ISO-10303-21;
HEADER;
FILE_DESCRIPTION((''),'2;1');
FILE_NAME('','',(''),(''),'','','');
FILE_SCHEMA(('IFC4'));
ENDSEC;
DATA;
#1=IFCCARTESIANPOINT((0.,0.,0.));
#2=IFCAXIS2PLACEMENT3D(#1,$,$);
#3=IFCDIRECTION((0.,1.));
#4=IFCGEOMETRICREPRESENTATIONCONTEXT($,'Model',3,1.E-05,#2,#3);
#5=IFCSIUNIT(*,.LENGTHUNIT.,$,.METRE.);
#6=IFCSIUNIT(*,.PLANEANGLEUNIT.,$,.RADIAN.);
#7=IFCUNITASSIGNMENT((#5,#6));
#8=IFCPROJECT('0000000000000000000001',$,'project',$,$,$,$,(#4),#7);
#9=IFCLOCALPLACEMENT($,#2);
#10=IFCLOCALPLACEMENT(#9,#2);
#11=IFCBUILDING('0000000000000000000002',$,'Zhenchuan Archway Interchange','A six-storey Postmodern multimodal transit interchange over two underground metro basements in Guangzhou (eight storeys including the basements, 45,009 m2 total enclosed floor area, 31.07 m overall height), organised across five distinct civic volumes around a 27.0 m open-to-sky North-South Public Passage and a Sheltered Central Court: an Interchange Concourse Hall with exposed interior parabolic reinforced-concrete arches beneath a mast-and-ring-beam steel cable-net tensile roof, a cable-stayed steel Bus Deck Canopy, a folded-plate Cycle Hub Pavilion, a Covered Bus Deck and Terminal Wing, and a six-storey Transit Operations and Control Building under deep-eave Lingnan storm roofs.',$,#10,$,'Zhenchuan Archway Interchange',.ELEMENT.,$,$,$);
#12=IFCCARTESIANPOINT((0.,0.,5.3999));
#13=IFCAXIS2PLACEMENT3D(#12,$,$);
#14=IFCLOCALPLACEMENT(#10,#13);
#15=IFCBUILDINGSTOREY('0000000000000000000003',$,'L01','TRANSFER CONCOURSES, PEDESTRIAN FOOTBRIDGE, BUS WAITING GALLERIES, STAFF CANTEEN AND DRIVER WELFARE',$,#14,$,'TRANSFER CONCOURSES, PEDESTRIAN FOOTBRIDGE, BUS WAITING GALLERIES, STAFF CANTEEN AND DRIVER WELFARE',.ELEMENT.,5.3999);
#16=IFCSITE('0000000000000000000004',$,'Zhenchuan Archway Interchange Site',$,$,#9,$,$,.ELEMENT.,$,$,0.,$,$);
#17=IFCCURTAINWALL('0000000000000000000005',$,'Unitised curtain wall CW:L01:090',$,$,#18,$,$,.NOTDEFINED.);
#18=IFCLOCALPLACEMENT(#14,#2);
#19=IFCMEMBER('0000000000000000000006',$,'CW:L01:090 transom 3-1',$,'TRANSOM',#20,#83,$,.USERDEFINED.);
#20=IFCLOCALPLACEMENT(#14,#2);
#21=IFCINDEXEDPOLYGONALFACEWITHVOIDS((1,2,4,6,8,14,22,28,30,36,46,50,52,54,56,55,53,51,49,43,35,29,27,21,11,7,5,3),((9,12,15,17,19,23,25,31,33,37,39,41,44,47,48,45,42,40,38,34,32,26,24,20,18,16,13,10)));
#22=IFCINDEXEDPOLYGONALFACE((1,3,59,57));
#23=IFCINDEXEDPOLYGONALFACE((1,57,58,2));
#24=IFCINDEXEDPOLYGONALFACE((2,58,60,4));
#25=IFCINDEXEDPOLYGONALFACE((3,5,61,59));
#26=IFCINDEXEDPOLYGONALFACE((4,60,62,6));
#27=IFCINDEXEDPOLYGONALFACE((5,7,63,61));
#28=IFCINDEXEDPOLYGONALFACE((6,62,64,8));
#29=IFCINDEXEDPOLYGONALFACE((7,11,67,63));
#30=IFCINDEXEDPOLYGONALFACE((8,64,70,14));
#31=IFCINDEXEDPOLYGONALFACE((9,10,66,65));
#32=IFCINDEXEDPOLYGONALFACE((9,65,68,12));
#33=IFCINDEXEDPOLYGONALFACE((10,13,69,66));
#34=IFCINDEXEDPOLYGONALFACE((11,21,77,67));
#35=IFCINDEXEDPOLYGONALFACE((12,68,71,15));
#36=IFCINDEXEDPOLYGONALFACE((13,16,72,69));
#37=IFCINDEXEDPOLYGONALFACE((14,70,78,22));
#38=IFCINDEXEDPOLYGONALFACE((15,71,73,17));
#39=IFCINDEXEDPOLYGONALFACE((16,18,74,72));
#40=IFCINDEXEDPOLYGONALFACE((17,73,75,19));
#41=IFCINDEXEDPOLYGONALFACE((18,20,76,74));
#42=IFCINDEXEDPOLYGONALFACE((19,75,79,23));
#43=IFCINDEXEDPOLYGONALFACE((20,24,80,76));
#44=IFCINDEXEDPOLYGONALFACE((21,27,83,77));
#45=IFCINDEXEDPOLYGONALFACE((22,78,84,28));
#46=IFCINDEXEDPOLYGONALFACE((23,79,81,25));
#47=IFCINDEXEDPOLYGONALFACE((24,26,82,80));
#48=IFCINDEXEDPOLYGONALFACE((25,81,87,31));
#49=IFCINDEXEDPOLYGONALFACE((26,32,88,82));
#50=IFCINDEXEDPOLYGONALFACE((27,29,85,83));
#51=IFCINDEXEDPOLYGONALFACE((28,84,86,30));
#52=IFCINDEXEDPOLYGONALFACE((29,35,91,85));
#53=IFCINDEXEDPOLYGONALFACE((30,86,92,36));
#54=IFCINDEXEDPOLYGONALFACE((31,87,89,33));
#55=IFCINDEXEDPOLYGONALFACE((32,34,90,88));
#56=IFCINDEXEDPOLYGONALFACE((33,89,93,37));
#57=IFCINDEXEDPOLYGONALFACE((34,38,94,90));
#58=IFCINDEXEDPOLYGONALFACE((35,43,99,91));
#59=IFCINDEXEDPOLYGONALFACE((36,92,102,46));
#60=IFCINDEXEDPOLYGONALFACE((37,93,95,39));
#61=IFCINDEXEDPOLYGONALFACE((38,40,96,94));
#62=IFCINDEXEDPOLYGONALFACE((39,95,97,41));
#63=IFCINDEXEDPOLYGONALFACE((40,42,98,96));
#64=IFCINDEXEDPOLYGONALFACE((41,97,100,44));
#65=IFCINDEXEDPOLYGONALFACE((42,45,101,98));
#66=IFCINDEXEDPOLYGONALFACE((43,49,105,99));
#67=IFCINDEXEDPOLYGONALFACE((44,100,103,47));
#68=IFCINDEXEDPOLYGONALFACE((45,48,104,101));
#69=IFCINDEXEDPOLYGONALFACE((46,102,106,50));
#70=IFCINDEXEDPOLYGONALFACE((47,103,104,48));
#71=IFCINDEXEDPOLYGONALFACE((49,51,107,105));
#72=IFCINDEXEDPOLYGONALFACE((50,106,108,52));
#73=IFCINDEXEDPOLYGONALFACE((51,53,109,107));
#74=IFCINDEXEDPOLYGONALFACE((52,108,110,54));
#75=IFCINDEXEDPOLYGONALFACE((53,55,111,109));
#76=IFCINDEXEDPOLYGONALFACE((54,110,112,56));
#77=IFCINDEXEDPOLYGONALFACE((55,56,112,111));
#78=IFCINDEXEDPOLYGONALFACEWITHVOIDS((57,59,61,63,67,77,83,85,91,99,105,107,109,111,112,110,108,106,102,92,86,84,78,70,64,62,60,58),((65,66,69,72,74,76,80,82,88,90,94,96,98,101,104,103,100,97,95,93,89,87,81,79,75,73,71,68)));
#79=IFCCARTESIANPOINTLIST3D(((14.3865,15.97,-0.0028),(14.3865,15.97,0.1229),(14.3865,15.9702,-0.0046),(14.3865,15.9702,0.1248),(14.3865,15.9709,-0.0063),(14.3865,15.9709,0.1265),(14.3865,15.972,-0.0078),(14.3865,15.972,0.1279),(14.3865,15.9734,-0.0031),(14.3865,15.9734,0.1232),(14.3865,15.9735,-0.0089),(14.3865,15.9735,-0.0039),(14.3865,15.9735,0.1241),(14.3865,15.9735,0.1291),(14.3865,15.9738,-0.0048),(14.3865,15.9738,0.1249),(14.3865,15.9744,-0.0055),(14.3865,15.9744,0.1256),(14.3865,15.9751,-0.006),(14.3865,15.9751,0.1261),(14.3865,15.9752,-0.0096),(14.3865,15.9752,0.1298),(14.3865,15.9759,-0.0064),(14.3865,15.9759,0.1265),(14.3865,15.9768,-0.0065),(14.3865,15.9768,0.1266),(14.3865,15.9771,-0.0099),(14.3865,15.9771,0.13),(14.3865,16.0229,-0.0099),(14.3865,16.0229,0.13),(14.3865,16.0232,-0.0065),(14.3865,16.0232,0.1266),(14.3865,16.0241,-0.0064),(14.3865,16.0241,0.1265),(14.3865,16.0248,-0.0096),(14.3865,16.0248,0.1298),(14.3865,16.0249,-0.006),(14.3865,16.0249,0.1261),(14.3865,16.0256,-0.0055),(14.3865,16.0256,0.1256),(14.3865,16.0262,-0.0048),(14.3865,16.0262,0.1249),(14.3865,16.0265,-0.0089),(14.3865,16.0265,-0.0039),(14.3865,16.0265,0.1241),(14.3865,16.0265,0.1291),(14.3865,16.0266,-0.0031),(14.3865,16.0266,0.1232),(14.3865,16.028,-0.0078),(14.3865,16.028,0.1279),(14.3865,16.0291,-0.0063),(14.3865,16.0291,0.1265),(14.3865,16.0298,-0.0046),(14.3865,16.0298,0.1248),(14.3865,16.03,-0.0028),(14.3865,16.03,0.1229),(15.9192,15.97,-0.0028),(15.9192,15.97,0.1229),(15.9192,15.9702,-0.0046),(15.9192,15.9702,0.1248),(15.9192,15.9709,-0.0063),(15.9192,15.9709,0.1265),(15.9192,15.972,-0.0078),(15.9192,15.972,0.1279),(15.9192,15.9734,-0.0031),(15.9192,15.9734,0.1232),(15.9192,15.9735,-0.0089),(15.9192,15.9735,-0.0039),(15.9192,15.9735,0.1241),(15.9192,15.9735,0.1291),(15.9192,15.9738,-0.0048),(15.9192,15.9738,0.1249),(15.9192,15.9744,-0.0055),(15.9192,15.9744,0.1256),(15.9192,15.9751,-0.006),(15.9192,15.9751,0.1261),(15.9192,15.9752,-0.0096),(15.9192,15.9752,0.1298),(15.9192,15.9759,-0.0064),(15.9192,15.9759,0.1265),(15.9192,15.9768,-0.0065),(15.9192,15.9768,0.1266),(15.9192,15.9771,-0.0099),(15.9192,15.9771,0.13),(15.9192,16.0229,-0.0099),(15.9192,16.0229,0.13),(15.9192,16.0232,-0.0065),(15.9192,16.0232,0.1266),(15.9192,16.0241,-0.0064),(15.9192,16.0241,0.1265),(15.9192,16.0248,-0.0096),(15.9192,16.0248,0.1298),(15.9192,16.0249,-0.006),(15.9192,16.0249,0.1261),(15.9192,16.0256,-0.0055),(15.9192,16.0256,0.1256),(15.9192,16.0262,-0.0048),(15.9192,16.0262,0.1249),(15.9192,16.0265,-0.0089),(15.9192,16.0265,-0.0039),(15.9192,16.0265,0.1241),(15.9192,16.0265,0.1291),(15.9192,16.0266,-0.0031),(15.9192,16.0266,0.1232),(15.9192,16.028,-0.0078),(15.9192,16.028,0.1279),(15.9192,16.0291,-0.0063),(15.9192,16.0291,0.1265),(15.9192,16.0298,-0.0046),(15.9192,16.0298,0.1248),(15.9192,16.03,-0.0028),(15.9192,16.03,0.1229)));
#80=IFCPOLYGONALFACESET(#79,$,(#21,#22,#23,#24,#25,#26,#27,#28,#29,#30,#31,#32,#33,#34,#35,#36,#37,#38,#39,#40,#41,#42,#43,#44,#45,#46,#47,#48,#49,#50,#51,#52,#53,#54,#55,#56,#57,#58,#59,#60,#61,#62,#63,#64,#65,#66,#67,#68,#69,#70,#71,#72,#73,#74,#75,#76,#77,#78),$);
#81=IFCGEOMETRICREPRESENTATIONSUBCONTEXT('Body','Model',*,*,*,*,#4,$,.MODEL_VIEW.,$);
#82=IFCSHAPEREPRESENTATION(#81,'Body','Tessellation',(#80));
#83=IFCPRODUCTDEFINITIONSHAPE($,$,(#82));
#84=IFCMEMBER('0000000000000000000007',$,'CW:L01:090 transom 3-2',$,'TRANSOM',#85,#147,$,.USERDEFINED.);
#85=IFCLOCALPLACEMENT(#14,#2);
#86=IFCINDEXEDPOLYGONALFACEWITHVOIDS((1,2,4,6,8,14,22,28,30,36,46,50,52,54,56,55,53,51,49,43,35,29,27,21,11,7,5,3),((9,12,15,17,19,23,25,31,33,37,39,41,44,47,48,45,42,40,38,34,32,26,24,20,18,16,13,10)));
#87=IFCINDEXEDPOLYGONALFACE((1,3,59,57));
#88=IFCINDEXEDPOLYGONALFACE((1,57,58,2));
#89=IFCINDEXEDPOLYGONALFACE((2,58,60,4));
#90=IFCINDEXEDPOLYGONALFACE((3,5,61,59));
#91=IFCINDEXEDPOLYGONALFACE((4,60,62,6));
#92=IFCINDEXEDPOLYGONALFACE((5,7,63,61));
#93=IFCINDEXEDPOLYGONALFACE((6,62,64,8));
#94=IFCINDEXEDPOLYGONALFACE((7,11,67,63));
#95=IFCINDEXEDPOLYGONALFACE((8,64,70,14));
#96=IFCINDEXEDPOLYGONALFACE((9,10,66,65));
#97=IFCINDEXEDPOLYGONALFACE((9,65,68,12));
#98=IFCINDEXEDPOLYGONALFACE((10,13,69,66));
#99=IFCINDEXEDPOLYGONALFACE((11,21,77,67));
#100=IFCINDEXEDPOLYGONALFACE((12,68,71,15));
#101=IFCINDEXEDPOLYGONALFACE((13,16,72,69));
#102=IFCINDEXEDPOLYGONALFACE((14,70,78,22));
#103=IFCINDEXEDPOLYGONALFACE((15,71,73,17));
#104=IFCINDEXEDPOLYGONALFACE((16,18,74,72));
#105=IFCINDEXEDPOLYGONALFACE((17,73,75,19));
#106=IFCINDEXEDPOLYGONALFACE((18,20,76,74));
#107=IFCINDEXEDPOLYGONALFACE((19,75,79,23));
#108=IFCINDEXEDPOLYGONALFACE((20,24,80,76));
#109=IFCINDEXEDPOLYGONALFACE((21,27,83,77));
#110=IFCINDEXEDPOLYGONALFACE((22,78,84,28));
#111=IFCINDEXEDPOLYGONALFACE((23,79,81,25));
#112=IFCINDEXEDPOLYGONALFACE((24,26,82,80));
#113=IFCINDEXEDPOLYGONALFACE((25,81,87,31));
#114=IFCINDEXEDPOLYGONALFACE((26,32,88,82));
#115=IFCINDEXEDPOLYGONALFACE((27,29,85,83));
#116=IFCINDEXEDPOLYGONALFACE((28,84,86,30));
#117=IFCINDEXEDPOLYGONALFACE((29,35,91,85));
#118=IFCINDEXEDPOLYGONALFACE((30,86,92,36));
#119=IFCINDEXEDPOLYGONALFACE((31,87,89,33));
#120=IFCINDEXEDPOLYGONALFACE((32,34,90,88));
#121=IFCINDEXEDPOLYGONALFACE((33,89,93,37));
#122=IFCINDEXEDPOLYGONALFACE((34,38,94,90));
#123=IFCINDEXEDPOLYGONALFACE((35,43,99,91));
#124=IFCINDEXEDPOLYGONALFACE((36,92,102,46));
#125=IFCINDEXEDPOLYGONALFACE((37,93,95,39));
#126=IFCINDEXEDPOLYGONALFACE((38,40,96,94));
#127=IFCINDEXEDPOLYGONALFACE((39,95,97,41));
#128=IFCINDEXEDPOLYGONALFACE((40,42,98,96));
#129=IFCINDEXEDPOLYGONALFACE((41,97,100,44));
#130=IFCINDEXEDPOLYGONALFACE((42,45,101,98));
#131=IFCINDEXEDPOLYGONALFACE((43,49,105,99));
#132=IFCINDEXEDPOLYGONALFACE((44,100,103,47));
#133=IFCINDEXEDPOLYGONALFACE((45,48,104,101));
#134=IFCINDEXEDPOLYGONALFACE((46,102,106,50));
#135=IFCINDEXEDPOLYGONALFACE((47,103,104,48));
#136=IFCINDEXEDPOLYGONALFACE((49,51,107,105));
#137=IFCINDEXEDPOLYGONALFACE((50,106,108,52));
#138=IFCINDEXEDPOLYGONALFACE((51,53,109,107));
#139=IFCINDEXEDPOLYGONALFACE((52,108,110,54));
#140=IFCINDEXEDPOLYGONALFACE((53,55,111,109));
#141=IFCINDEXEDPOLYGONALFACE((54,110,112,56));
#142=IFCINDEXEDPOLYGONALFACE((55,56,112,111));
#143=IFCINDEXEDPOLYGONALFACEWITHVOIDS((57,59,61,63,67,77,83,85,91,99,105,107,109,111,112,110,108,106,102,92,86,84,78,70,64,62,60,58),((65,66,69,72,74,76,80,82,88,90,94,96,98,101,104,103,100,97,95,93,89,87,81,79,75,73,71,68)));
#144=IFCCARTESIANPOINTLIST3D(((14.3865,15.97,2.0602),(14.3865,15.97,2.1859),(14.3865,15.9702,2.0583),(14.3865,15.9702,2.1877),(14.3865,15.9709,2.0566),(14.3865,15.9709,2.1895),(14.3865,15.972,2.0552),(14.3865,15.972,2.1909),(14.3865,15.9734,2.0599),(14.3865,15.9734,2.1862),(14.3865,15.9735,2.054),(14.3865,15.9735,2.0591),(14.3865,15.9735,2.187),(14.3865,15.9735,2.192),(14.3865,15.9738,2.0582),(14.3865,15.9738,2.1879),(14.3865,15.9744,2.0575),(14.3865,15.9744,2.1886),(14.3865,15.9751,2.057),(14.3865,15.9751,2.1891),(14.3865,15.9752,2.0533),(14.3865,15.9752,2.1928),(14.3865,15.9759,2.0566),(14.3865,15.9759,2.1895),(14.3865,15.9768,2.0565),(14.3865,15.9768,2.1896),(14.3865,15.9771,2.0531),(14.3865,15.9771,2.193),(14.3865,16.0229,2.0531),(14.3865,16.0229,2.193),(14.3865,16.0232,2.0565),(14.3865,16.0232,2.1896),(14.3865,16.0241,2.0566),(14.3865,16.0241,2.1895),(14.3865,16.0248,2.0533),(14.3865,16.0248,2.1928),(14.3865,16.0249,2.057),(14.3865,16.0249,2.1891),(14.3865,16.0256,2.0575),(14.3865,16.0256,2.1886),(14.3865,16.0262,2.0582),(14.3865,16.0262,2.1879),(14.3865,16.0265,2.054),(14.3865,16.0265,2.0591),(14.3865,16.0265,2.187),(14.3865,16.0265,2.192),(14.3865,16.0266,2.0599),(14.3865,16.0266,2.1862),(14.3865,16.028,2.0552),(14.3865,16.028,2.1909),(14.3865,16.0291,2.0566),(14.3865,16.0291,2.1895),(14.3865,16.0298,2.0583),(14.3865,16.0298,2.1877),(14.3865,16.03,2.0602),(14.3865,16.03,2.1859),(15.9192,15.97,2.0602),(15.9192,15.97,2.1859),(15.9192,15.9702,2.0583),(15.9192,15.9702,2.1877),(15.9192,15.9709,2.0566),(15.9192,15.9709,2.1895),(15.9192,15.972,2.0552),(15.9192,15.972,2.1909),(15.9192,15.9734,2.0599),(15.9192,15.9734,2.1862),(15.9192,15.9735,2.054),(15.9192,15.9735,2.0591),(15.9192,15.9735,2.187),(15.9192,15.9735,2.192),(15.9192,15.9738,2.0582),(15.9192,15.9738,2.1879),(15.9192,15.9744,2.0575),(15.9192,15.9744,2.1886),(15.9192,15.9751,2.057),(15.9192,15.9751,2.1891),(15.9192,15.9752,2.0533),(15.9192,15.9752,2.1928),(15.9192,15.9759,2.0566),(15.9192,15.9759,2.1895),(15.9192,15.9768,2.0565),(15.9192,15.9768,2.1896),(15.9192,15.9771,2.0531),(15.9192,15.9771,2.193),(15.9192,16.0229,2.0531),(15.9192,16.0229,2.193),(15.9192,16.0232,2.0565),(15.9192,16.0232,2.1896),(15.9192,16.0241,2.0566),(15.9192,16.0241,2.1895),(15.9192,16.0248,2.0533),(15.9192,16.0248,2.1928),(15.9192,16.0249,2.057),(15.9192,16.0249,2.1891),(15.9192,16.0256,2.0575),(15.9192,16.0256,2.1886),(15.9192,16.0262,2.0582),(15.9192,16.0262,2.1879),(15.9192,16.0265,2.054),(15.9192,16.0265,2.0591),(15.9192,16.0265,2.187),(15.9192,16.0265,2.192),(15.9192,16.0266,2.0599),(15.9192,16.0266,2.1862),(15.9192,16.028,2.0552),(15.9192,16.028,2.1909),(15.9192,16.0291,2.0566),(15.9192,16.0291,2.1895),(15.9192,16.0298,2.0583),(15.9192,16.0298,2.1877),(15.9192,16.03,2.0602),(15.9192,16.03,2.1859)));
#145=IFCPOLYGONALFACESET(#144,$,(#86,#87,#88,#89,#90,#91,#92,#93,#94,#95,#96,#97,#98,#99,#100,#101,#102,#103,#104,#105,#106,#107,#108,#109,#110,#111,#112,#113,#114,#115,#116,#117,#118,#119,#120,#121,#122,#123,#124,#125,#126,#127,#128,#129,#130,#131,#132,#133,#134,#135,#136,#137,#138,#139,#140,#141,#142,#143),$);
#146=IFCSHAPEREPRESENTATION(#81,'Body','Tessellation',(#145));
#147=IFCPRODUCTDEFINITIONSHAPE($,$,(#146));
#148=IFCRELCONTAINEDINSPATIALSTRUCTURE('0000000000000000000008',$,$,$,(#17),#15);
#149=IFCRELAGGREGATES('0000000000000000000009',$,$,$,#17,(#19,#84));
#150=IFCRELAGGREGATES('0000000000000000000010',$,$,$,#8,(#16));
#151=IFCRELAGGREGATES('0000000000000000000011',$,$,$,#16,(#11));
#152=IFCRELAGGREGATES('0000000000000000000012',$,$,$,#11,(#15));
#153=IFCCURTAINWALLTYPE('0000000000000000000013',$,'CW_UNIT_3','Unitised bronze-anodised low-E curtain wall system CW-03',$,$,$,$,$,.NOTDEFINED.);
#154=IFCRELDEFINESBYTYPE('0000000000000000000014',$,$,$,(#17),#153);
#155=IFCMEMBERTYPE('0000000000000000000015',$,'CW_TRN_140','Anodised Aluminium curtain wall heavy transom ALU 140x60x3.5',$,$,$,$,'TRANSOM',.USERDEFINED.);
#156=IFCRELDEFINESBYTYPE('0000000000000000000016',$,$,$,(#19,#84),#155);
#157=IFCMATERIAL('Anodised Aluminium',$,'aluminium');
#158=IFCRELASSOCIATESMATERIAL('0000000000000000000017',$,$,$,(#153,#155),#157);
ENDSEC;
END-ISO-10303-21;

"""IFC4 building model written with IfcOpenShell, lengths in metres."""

from ifc_helpers import new_model, si_unit, direction, frame, origin, origin_2d, place, context, subcontext, project, spatial, hollow_rectangle, extrude, material, material_profile, profile_set, type_object, element, aggregate, save


model = new_model("IFC4")

# Units and contexts
model_context = context("Model", 3, precision=1e-05, world=origin(), true_north=direction((0.0, 1.0)))
body_context = subcontext(model_context, "Body", "Model", "MODEL_VIEW")
ifc_project = project(units=[si_unit("LENGTHUNIT", "METRE"), si_unit("PLANEANGLEUNIT", "RADIAN")], contexts=[model_context])

# Site, building, storey
site_placement = place(None, origin())
site = spatial("IfcSite", under=ifc_project, at=site_placement, Name="Zhenchuan Archway Interchange Site", CompositionType="ELEMENT", RefElevation=0.0)
building_placement = place(site_placement, origin())
building = spatial("IfcBuilding", under=site, at=building_placement, Name="Zhenchuan Archway Interchange", Description="A six-storey Postmodern multimodal transit interchange over two underground metro basements in Guangzhou (eight storeys including the basements, 45,009 m2 total enclosed floor area, 31.07 m overall height), organised across five distinct civic volumes around a 27.0 m open-to-sky North-South Public Passage and a Sheltered Central Court: an Interchange Concourse Hall with exposed interior parabolic reinforced-concrete arches beneath a mast-and-ring-beam steel cable-net tensile roof, a cable-stayed steel Bus Deck Canopy, a folded-plate Cycle Hub Pavilion, a Covered Bus Deck and Terminal Wing, and a six-storey Transit Operations and Control Building under deep-eave Lingnan storm roofs.", LongName="Zhenchuan Archway Interchange", CompositionType="ELEMENT")
storey_placement = place(building_placement, frame((0.0, 0.0, 5.3999)))
storey = spatial("IfcBuildingStorey", under=building, at=storey_placement, Name="L01", Description="TRANSFER CONCOURSES, PEDESTRIAN FOOTBRIDGE, BUS WAITING GALLERIES, STAFF CANTEEN AND DRIVER WELFARE", LongName="TRANSFER CONCOURSES, PEDESTRIAN FOOTBRIDGE, BUS WAITING GALLERIES, STAFF CANTEEN AND DRIVER WELFARE", CompositionType="ELEMENT", Elevation=5.3999)

# Shared definitions
ifc_material_1 = material(Name="Anodised Aluminium", Category="aluminium")

# Curtain wall, members
curtain_wall_type_1 = type_object("IfcCurtainWallType", Name="CW_UNIT_3", Description="Unitised bronze-anodised low-E curtain wall system CW-03", PredefinedType="NOTDEFINED", material=ifc_material_1)
curtain_wall_1_placement = place(storey_placement, origin())
curtain_wall_1 = element("IfcCurtainWall", 1, at=curtain_wall_1_placement, inside=storey, type_object=curtain_wall_type_1, Name="Unitised curtain wall CW:L01:090", PredefinedType="NOTDEFINED")
ifc_material_profile_1 = material_profile(ifc_material_1, hollow_rectangle(XDim=0.0601, YDim=0.1399, WallThickness=0.0034, InnerFilletRadius=0.0034, OuterFilletRadius=0.0071, at=origin_2d()), Name="ALU 140x60x3.5")
ifc_profile_set_1 = profile_set([ifc_material_profile_1], Name="Anodised Aluminium")
member_type_1 = type_object("IfcMemberType", Name="CW_TRN_140", Description="Anodised Aluminium curtain wall heavy transom ALU 140x60x3.5", ElementType="TRANSOM", PredefinedType="USERDEFINED", material=ifc_profile_set_1)
member_1_placement = place(storey_placement, frame((14.3865, 16.0, 0.0601), z_axis=(1.0, 0.0, 0.0), x_axis=(0.0, 1.0, 0.0)))
member_1 = element("IfcMember", 2, at=member_1_placement, type_object=member_type_1, Name="CW:L01:090 transom 3-1", ObjectType="TRANSOM", PredefinedType="USERDEFINED", context=body_context, shape_type="SweptSolid", body=[
    extrude(hollow_rectangle(XDim=0.0601, YDim=0.1399, WallThickness=0.0034, InnerFilletRadius=0.0034, OuterFilletRadius=0.0071, at=origin_2d()), origin(), (0.0, 0.0, 1.0), 1.5327),
])
member_2_placement = place(storey_placement, frame((14.3865, 16.0, 2.123), z_axis=(1.0, 0.0, 0.0), x_axis=(0.0, 1.0, 0.0)))
member_2 = element("IfcMember", 3, at=member_2_placement, type_object=member_type_1, Name="CW:L01:090 transom 3-2", ObjectType="TRANSOM", PredefinedType="USERDEFINED", context=body_context, shape_type="SweptSolid", body=[
    extrude(hollow_rectangle(XDim=0.0601, YDim=0.1399, WallThickness=0.0034, InnerFilletRadius=0.0034, OuterFilletRadius=0.0071, at=origin_2d()), origin(), (0.0, 0.0, 1.0), 1.5327),
])

aggregate(curtain_wall_1, [member_1, member_2])

save(model, "model.ifc")
